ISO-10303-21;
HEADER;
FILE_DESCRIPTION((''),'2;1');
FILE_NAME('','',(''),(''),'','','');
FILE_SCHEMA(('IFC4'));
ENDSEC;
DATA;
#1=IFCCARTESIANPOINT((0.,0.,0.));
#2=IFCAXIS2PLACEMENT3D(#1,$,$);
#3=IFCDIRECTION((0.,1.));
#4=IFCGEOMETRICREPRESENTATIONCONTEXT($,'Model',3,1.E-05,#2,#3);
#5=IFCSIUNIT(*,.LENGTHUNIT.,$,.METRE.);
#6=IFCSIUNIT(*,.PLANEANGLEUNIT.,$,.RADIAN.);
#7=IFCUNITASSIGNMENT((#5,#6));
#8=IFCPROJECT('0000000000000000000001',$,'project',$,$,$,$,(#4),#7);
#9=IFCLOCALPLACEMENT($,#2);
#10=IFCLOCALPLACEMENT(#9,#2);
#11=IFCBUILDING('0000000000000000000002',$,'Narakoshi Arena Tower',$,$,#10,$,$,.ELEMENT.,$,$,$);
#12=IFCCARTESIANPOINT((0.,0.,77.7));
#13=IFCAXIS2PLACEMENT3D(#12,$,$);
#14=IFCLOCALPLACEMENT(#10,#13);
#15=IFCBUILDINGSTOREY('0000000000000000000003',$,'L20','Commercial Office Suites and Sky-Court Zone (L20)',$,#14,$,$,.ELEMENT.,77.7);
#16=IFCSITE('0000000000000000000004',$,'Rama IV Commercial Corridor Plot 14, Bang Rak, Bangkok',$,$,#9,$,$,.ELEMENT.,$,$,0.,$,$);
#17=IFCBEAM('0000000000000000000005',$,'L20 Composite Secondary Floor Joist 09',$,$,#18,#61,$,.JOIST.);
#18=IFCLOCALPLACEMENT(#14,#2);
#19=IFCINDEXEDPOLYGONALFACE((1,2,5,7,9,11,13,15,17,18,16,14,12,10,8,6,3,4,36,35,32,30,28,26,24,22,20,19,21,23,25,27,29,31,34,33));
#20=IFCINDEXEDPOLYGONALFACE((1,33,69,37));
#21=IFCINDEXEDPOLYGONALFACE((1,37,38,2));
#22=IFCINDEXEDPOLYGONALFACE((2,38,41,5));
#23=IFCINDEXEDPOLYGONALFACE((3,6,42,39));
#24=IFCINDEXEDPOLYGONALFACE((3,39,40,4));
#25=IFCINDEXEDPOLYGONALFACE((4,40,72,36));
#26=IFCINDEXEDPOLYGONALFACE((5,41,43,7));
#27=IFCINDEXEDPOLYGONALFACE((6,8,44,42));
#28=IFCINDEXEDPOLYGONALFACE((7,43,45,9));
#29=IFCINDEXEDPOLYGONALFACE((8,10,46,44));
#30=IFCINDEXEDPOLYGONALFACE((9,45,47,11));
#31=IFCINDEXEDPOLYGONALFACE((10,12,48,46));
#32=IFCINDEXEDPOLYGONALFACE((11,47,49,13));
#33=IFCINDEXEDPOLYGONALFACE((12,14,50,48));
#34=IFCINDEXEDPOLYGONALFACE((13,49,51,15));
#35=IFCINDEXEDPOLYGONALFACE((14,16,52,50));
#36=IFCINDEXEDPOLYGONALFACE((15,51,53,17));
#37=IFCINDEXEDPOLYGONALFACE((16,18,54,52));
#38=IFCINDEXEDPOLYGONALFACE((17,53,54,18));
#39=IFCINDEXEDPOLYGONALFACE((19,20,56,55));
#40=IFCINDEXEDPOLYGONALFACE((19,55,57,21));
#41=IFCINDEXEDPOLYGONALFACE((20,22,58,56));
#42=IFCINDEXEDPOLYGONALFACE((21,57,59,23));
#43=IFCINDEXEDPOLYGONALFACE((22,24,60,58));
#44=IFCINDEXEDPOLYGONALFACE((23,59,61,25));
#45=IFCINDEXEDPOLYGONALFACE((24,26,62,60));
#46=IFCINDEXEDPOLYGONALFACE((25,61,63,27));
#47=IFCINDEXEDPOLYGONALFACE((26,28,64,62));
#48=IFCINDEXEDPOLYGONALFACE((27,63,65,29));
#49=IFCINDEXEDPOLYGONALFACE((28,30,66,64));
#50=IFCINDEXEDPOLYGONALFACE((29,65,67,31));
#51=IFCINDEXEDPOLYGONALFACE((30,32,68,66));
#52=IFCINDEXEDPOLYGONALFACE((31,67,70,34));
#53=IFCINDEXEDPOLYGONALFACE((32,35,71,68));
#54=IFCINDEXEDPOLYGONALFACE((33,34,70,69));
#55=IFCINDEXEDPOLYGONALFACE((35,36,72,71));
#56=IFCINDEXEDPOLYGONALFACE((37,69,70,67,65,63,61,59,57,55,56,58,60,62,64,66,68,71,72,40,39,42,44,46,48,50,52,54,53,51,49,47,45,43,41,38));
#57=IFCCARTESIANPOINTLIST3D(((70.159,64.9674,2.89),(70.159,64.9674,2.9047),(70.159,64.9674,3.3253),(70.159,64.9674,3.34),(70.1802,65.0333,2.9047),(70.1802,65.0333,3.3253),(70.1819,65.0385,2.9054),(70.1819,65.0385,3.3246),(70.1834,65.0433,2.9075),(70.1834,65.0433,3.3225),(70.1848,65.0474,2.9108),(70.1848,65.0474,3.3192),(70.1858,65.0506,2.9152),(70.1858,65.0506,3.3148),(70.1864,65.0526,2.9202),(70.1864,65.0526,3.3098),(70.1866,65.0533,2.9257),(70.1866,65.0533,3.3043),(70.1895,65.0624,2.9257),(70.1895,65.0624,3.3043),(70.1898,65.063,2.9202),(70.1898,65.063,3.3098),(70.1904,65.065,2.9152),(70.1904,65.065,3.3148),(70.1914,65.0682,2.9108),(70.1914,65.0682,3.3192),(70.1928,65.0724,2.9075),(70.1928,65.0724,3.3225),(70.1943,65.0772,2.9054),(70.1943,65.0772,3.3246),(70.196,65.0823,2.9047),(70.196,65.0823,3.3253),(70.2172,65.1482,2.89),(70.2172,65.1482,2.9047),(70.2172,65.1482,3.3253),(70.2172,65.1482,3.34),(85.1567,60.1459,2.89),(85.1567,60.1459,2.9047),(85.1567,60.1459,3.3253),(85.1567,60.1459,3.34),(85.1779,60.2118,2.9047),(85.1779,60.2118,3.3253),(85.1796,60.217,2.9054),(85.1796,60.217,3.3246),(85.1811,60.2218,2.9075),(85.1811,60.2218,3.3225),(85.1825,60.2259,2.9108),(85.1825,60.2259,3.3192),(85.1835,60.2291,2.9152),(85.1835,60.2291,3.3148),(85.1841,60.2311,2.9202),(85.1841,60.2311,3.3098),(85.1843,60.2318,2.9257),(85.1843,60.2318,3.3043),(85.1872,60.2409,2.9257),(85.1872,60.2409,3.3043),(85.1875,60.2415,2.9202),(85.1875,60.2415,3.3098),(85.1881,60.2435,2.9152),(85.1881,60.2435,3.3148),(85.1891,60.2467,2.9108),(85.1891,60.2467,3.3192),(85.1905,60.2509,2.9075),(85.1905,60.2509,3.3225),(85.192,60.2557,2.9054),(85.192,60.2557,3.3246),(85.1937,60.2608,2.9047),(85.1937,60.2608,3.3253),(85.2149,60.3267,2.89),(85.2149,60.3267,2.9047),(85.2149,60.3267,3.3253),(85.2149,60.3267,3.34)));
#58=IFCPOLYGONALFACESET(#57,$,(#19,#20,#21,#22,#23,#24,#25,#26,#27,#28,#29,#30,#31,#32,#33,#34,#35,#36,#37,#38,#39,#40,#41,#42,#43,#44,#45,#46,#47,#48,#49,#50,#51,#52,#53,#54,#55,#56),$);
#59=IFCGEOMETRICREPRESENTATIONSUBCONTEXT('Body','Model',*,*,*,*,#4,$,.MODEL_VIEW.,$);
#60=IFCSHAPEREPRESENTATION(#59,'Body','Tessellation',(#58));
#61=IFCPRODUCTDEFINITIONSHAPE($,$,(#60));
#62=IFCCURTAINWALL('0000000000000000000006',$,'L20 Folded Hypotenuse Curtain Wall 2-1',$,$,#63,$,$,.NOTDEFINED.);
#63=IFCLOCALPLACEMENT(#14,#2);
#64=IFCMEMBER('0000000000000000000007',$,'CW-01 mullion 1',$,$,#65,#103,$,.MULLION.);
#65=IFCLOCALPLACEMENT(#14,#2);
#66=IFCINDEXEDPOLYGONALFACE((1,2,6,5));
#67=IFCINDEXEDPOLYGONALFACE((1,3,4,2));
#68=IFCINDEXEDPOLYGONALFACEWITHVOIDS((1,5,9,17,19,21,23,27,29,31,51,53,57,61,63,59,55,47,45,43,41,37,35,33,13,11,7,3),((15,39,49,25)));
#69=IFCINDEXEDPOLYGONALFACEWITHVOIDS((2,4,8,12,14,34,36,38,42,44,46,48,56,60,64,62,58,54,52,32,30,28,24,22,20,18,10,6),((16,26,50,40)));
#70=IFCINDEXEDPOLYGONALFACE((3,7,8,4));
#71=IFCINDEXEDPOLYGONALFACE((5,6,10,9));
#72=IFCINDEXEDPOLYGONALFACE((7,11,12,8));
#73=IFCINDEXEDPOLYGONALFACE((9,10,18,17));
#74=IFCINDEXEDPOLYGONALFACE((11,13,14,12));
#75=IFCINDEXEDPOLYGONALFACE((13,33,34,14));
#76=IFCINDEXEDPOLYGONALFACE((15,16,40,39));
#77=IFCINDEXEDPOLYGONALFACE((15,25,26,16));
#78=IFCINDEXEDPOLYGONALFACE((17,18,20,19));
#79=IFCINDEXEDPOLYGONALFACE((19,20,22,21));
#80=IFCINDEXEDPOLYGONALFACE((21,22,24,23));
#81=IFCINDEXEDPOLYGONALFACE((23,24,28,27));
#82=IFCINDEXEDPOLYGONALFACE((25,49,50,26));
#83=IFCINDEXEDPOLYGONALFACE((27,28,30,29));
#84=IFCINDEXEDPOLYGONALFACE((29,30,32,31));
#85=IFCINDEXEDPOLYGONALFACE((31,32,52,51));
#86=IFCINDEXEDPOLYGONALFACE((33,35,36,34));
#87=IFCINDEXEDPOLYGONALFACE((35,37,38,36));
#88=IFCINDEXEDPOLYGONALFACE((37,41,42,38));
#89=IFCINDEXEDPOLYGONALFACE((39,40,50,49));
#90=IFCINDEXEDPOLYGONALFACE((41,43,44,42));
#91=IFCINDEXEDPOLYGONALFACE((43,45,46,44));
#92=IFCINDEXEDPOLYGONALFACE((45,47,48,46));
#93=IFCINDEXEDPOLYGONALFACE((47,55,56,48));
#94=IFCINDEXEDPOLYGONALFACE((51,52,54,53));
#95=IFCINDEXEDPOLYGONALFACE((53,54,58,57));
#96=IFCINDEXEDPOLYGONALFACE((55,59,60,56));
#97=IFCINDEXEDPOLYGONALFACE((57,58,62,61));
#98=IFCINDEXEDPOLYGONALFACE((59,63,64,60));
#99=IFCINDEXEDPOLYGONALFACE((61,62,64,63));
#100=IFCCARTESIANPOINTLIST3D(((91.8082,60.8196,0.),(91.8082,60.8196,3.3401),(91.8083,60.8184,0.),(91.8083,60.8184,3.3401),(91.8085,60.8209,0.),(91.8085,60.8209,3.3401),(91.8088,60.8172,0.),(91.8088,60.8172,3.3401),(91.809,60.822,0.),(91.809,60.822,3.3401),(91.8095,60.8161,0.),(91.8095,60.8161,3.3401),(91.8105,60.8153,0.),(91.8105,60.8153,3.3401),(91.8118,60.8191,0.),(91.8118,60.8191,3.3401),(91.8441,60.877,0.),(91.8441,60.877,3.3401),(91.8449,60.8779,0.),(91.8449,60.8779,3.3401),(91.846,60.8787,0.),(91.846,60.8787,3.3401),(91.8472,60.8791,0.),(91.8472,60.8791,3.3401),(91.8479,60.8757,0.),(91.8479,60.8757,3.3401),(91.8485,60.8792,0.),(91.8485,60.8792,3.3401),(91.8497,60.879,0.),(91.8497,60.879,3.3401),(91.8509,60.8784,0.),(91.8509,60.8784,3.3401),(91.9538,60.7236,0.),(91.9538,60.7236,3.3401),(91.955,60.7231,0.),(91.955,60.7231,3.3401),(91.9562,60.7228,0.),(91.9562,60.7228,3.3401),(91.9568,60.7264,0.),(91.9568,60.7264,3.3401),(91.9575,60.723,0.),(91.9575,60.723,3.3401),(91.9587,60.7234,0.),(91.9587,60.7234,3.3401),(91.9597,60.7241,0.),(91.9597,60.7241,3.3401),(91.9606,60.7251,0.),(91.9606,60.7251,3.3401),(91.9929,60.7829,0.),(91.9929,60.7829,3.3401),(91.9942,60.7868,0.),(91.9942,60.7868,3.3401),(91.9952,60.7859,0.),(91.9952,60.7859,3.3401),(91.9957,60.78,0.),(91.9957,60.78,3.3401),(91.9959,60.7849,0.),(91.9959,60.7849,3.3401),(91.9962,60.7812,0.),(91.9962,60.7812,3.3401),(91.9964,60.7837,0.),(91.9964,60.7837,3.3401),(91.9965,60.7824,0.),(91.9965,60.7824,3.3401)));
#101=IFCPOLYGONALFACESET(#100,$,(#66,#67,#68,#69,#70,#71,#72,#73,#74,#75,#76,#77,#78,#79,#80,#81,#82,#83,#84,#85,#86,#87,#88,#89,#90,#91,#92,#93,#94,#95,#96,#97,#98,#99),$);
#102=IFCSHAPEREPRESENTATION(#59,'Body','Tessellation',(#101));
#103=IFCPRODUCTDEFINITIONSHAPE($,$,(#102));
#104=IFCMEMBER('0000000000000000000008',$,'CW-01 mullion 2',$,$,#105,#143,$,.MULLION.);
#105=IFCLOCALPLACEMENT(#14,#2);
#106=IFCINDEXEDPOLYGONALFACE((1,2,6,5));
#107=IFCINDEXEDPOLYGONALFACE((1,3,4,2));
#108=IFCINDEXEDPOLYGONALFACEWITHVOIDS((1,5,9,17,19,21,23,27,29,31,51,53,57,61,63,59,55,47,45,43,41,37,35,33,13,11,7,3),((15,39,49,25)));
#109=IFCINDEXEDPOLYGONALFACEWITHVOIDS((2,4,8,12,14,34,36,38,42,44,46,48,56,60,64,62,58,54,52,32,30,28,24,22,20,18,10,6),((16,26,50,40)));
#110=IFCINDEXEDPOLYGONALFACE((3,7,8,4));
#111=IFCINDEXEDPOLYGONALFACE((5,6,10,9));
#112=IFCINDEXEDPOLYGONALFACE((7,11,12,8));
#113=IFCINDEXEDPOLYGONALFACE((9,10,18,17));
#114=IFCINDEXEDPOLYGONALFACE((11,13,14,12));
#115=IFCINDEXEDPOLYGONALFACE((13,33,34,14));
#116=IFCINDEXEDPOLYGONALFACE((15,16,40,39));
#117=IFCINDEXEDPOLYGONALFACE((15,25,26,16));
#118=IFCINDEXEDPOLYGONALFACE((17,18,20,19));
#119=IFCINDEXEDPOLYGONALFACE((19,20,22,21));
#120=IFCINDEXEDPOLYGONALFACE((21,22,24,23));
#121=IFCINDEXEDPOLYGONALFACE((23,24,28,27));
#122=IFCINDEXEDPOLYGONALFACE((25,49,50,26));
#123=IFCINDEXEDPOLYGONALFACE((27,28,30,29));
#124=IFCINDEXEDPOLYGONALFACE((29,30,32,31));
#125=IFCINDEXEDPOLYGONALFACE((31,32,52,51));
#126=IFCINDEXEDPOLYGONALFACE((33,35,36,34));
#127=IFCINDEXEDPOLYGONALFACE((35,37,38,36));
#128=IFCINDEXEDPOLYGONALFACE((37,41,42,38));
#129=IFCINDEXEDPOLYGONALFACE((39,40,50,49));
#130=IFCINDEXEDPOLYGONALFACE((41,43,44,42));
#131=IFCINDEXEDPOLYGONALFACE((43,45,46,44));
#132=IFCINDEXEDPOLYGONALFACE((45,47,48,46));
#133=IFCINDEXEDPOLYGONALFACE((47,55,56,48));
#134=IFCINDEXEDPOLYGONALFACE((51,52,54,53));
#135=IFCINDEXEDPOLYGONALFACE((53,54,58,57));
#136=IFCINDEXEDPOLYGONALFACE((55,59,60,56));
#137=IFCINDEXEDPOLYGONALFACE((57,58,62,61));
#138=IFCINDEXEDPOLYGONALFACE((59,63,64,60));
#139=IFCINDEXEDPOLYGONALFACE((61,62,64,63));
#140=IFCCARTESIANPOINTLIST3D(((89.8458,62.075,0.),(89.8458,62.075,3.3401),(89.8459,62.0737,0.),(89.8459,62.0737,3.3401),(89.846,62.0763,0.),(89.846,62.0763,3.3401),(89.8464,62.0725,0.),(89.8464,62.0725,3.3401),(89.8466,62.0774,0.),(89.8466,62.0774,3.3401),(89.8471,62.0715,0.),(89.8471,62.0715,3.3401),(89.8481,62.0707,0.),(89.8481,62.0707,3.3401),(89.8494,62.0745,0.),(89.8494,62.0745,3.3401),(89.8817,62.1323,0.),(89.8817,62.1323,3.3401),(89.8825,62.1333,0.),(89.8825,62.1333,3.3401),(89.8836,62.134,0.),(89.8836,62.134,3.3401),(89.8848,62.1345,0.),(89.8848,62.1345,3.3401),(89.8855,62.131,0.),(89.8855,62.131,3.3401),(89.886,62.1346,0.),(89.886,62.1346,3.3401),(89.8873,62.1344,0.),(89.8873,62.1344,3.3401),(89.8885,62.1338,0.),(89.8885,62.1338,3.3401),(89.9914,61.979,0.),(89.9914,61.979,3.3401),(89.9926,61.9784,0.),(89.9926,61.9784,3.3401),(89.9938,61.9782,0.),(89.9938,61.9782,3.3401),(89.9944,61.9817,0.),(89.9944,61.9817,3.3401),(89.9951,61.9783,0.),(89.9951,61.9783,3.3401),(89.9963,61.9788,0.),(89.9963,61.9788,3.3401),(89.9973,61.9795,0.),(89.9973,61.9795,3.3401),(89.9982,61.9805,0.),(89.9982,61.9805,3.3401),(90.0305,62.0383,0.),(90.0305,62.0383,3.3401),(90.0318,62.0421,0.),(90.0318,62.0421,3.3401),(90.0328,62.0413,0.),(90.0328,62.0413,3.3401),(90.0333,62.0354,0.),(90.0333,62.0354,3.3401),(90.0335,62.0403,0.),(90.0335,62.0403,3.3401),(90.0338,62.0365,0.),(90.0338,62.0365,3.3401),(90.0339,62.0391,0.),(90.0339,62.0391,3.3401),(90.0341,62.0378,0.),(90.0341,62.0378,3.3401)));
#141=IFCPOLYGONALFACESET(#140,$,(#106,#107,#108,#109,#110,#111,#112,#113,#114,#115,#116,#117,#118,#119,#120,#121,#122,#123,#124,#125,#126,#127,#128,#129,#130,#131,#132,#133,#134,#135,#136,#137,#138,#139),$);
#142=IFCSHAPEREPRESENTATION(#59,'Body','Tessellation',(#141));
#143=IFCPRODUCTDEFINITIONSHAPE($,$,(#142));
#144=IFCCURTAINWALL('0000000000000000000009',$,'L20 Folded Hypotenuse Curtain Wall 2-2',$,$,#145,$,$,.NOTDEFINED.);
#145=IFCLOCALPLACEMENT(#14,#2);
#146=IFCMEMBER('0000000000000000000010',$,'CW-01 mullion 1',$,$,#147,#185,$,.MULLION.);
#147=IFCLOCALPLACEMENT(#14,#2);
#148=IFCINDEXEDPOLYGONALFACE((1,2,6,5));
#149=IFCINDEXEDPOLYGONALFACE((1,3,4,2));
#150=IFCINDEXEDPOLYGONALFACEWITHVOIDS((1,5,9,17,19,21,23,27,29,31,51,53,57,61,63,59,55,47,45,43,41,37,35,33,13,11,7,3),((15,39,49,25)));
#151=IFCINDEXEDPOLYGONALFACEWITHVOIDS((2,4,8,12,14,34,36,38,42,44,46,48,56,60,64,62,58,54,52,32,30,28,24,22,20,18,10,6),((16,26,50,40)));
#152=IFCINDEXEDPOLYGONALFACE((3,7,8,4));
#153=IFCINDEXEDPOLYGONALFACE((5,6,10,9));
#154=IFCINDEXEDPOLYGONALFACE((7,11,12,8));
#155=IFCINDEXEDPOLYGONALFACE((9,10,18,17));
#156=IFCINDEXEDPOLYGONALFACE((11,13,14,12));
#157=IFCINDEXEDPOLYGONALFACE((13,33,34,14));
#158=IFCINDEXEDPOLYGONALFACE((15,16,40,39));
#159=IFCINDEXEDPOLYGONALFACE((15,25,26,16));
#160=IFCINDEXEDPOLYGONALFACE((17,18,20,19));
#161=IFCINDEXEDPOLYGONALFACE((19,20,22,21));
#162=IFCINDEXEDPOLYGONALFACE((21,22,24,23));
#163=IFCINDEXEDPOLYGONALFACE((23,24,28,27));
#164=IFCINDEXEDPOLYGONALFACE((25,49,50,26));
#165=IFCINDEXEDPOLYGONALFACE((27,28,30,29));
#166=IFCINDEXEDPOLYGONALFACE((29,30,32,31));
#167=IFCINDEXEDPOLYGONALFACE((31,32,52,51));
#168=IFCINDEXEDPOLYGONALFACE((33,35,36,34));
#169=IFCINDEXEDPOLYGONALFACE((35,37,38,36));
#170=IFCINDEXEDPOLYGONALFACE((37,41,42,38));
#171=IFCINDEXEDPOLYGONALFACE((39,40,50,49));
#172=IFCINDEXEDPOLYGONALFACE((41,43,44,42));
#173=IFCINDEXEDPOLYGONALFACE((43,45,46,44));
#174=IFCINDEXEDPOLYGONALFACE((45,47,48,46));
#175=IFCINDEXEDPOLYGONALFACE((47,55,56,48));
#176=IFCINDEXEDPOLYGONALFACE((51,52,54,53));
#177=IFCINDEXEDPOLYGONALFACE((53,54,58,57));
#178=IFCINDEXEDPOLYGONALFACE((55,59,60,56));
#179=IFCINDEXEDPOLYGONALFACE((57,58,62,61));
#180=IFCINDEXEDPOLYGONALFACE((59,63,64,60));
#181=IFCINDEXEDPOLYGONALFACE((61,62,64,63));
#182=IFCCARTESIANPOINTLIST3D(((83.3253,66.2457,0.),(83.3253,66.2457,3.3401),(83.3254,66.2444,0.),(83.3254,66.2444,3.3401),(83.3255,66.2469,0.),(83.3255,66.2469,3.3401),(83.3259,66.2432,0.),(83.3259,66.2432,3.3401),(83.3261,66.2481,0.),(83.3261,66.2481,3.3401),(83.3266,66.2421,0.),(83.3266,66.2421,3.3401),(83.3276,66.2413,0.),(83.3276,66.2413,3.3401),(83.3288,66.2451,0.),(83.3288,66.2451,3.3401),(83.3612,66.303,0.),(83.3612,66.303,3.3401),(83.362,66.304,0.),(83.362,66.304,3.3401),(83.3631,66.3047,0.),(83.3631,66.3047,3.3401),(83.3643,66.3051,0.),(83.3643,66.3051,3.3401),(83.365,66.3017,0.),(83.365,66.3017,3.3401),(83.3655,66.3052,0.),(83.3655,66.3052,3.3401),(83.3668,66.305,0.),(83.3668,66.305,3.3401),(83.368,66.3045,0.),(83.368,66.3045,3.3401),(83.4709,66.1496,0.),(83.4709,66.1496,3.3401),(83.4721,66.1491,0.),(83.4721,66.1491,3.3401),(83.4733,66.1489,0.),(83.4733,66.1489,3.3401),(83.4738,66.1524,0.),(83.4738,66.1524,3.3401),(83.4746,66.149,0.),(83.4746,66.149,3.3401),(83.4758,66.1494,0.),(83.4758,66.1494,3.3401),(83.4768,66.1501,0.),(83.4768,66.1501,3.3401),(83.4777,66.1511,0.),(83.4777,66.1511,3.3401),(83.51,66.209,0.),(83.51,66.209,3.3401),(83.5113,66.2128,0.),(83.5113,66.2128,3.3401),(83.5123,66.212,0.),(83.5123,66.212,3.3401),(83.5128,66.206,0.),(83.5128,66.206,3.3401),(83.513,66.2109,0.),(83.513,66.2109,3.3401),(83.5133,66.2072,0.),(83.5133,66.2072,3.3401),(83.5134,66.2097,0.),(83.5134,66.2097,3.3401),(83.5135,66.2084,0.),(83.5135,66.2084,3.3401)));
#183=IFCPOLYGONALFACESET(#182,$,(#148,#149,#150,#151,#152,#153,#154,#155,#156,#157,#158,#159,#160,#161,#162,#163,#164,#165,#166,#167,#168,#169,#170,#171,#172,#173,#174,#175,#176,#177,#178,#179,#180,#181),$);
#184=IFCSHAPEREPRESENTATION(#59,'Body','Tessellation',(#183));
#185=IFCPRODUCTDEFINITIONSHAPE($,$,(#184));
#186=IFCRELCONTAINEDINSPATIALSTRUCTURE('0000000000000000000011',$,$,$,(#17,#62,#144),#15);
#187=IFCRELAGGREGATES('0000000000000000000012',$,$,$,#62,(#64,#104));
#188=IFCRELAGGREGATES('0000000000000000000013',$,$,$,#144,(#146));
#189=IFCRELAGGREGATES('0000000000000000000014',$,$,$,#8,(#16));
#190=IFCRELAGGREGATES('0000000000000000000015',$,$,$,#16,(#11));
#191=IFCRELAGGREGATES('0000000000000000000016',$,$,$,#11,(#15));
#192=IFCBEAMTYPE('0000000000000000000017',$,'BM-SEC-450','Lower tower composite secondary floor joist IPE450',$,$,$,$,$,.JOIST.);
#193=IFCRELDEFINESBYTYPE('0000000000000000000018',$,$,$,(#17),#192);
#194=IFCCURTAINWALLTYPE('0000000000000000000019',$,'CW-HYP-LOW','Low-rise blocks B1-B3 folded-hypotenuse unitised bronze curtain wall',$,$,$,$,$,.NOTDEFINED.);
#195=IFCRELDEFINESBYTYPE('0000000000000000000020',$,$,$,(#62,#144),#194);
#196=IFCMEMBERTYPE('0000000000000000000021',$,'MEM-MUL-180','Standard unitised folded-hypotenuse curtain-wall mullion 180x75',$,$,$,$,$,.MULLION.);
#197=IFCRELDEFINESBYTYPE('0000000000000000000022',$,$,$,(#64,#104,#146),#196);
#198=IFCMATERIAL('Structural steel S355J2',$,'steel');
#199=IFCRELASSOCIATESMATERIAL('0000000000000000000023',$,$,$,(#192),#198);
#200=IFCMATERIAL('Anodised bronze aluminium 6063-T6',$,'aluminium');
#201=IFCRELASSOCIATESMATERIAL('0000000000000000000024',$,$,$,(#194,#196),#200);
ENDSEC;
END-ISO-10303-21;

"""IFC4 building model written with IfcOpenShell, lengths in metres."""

from ifc_helpers import new_model, si_unit, direction, frame, origin, origin_2d, place, context, subcontext, project, spatial, hollow_rectangle, i_section, extrude, material, material_profile, profile_set, type_object, element, aggregate, save


model = new_model("IFC4")

# Units and contexts
model_context = context("Model", 3, precision=1e-05, world=origin(), true_north=direction((0.0, 1.0)))
body_context = subcontext(model_context, "Body", "Model", "MODEL_VIEW")
ifc_project = project(units=[si_unit("LENGTHUNIT", "METRE"), si_unit("PLANEANGLEUNIT", "RADIAN")], contexts=[model_context])

# Site, building, storey
site_placement = place(None, origin())
site = spatial("IfcSite", under=ifc_project, at=site_placement, Name="Rama IV Commercial Corridor Plot 14, Bang Rak, Bangkok", CompositionType="ELEMENT", RefElevation=0.0)
building_placement = place(site_placement, origin())
building = spatial("IfcBuilding", under=site, at=building_placement, Name="Narakoshi Arena Tower", CompositionType="ELEMENT")
storey_placement = place(building_placement, frame((0.0, 0.0, 77.7)))
storey = spatial("IfcBuildingStorey", under=building, at=storey_placement, Name="L20", Description="Commercial Office Suites and Sky-Court Zone (L20)", CompositionType="ELEMENT", Elevation=77.7)

# Beam
ifc_material_1 = material(Name="Structural steel S355J2", Category="steel")
ifc_material_profile_1 = material_profile(ifc_material_1, i_section(OverallWidth=0.1899, OverallDepth=0.45, WebThickness=0.0095, FlangeThickness=0.0146, FilletRadius=0.021, at=origin_2d()), Name="IPE450")
ifc_profile_set_1 = profile_set([ifc_material_profile_1], Name="Structural steel S355J2")
beam_type_1 = type_object("IfcBeamType", Name="BM-SEC-450", Description="Lower tower composite secondary floor joist IPE450", PredefinedType="JOIST", material=ifc_profile_set_1)
beam_1_placement = place(storey_placement, frame((85.1858, 60.2363, 3.115), z_axis=(-0.952014, 0.306056, 0.0), x_axis=(-0.306056, -0.952014, 0.0)))
element("IfcBeam", 1, at=beam_1_placement, inside=storey, type_object=beam_type_1, Name="L20 Composite Secondary Floor Joist 09", PredefinedType="JOIST", context=body_context, shape_type="SweptSolid", body=[
    extrude(i_section(OverallWidth=0.1899, OverallDepth=0.45, WebThickness=0.0095, FlangeThickness=0.0146, FilletRadius=0.021, at=origin_2d()), origin(), (0.0, 0.0, 1.0), 15.7537),
])

# Curtain walls, members
ifc_material_2 = material(Name="Anodised bronze aluminium 6063-T6", Category="aluminium")
curtain_wall_type = type_object("IfcCurtainWallType", Name="CW-HYP-LOW", Description="Low-rise blocks B1-B3 folded-hypotenuse unitised bronze curtain wall", PredefinedType="NOTDEFINED", material=ifc_material_2)
curtain_wall_1_placement = place(storey_placement, origin())
curtain_wall_1 = element("IfcCurtainWall", 2, at=curtain_wall_1_placement, inside=storey, type_object=curtain_wall_type, Name="L20 Folded Hypotenuse Curtain Wall 2-1", PredefinedType="NOTDEFINED")
ifc_material_profile_2 = material_profile(ifc_material_2, hollow_rectangle(XDim=0.075, YDim=0.1799, WallThickness=0.0039, OuterFilletRadius=0.0049, at=origin_2d()), Name="MUL180x75x4")
ifc_profile_set_2 = profile_set([ifc_material_profile_2], Name="Anodised bronze aluminium 6063-T6")
member_type_1 = type_object("IfcMemberType", Name="MEM-MUL-180", Description="Standard unitised folded-hypotenuse curtain-wall mullion 180x75", PredefinedType="MULLION", material=ifc_profile_set_2)
member_1_placement = place(storey_placement, frame((91.9023, 60.801, 0.0), z_axis=(0.0, 0.0, 1.0), x_axis=(-0.538822, -0.842419, 0.0)))
member_1 = element("IfcMember", 3, at=member_1_placement, type_object=member_type_1, Name="CW-01 mullion 1", PredefinedType="MULLION", context=body_context, shape_type="SweptSolid", body=[
    extrude(hollow_rectangle(XDim=0.075, YDim=0.1799, WallThickness=0.0039, OuterFilletRadius=0.0049, at=origin_2d()), origin(), (0.0, 0.0, 1.0), 3.3401),
])
member_2_placement = place(storey_placement, frame((89.9399, 62.0564, 0.0), z_axis=(0.0, 0.0, 1.0), x_axis=(-0.538822, -0.842419, 0.0)))
member_2 = element("IfcMember", 4, at=member_2_placement, type_object=member_type_1, Name="CW-01 mullion 2", PredefinedType="MULLION", context=body_context, shape_type="SweptSolid", body=[
    extrude(hollow_rectangle(XDim=0.075, YDim=0.1799, WallThickness=0.0039, OuterFilletRadius=0.0049, at=origin_2d()), origin(), (0.0, 0.0, 1.0), 3.3401),
])
curtain_wall_2_placement = place(storey_placement, origin())
curtain_wall_2 = element("IfcCurtainWall", 5, at=curtain_wall_2_placement, inside=storey, type_object=curtain_wall_type, Name="L20 Folded Hypotenuse Curtain Wall 2-2", PredefinedType="NOTDEFINED")
member_3_placement = place(storey_placement, frame((83.4194, 66.2271, 0.0), z_axis=(0.0, 0.0, 1.0), x_axis=(-0.538829, -0.842415, 0.0)))
member_3 = element("IfcMember", 6, at=member_3_placement, type_object=member_type_1, Name="CW-01 mullion 1", PredefinedType="MULLION", context=body_context, shape_type="SweptSolid", body=[
    extrude(hollow_rectangle(XDim=0.075, YDim=0.1799, WallThickness=0.0039, OuterFilletRadius=0.0049, at=origin_2d()), origin(), (0.0, 0.0, 1.0), 3.3401),
])

aggregate(curtain_wall_1, [member_1, member_2])
aggregate(curtain_wall_2, [member_3])

save(model, "model.ifc")
